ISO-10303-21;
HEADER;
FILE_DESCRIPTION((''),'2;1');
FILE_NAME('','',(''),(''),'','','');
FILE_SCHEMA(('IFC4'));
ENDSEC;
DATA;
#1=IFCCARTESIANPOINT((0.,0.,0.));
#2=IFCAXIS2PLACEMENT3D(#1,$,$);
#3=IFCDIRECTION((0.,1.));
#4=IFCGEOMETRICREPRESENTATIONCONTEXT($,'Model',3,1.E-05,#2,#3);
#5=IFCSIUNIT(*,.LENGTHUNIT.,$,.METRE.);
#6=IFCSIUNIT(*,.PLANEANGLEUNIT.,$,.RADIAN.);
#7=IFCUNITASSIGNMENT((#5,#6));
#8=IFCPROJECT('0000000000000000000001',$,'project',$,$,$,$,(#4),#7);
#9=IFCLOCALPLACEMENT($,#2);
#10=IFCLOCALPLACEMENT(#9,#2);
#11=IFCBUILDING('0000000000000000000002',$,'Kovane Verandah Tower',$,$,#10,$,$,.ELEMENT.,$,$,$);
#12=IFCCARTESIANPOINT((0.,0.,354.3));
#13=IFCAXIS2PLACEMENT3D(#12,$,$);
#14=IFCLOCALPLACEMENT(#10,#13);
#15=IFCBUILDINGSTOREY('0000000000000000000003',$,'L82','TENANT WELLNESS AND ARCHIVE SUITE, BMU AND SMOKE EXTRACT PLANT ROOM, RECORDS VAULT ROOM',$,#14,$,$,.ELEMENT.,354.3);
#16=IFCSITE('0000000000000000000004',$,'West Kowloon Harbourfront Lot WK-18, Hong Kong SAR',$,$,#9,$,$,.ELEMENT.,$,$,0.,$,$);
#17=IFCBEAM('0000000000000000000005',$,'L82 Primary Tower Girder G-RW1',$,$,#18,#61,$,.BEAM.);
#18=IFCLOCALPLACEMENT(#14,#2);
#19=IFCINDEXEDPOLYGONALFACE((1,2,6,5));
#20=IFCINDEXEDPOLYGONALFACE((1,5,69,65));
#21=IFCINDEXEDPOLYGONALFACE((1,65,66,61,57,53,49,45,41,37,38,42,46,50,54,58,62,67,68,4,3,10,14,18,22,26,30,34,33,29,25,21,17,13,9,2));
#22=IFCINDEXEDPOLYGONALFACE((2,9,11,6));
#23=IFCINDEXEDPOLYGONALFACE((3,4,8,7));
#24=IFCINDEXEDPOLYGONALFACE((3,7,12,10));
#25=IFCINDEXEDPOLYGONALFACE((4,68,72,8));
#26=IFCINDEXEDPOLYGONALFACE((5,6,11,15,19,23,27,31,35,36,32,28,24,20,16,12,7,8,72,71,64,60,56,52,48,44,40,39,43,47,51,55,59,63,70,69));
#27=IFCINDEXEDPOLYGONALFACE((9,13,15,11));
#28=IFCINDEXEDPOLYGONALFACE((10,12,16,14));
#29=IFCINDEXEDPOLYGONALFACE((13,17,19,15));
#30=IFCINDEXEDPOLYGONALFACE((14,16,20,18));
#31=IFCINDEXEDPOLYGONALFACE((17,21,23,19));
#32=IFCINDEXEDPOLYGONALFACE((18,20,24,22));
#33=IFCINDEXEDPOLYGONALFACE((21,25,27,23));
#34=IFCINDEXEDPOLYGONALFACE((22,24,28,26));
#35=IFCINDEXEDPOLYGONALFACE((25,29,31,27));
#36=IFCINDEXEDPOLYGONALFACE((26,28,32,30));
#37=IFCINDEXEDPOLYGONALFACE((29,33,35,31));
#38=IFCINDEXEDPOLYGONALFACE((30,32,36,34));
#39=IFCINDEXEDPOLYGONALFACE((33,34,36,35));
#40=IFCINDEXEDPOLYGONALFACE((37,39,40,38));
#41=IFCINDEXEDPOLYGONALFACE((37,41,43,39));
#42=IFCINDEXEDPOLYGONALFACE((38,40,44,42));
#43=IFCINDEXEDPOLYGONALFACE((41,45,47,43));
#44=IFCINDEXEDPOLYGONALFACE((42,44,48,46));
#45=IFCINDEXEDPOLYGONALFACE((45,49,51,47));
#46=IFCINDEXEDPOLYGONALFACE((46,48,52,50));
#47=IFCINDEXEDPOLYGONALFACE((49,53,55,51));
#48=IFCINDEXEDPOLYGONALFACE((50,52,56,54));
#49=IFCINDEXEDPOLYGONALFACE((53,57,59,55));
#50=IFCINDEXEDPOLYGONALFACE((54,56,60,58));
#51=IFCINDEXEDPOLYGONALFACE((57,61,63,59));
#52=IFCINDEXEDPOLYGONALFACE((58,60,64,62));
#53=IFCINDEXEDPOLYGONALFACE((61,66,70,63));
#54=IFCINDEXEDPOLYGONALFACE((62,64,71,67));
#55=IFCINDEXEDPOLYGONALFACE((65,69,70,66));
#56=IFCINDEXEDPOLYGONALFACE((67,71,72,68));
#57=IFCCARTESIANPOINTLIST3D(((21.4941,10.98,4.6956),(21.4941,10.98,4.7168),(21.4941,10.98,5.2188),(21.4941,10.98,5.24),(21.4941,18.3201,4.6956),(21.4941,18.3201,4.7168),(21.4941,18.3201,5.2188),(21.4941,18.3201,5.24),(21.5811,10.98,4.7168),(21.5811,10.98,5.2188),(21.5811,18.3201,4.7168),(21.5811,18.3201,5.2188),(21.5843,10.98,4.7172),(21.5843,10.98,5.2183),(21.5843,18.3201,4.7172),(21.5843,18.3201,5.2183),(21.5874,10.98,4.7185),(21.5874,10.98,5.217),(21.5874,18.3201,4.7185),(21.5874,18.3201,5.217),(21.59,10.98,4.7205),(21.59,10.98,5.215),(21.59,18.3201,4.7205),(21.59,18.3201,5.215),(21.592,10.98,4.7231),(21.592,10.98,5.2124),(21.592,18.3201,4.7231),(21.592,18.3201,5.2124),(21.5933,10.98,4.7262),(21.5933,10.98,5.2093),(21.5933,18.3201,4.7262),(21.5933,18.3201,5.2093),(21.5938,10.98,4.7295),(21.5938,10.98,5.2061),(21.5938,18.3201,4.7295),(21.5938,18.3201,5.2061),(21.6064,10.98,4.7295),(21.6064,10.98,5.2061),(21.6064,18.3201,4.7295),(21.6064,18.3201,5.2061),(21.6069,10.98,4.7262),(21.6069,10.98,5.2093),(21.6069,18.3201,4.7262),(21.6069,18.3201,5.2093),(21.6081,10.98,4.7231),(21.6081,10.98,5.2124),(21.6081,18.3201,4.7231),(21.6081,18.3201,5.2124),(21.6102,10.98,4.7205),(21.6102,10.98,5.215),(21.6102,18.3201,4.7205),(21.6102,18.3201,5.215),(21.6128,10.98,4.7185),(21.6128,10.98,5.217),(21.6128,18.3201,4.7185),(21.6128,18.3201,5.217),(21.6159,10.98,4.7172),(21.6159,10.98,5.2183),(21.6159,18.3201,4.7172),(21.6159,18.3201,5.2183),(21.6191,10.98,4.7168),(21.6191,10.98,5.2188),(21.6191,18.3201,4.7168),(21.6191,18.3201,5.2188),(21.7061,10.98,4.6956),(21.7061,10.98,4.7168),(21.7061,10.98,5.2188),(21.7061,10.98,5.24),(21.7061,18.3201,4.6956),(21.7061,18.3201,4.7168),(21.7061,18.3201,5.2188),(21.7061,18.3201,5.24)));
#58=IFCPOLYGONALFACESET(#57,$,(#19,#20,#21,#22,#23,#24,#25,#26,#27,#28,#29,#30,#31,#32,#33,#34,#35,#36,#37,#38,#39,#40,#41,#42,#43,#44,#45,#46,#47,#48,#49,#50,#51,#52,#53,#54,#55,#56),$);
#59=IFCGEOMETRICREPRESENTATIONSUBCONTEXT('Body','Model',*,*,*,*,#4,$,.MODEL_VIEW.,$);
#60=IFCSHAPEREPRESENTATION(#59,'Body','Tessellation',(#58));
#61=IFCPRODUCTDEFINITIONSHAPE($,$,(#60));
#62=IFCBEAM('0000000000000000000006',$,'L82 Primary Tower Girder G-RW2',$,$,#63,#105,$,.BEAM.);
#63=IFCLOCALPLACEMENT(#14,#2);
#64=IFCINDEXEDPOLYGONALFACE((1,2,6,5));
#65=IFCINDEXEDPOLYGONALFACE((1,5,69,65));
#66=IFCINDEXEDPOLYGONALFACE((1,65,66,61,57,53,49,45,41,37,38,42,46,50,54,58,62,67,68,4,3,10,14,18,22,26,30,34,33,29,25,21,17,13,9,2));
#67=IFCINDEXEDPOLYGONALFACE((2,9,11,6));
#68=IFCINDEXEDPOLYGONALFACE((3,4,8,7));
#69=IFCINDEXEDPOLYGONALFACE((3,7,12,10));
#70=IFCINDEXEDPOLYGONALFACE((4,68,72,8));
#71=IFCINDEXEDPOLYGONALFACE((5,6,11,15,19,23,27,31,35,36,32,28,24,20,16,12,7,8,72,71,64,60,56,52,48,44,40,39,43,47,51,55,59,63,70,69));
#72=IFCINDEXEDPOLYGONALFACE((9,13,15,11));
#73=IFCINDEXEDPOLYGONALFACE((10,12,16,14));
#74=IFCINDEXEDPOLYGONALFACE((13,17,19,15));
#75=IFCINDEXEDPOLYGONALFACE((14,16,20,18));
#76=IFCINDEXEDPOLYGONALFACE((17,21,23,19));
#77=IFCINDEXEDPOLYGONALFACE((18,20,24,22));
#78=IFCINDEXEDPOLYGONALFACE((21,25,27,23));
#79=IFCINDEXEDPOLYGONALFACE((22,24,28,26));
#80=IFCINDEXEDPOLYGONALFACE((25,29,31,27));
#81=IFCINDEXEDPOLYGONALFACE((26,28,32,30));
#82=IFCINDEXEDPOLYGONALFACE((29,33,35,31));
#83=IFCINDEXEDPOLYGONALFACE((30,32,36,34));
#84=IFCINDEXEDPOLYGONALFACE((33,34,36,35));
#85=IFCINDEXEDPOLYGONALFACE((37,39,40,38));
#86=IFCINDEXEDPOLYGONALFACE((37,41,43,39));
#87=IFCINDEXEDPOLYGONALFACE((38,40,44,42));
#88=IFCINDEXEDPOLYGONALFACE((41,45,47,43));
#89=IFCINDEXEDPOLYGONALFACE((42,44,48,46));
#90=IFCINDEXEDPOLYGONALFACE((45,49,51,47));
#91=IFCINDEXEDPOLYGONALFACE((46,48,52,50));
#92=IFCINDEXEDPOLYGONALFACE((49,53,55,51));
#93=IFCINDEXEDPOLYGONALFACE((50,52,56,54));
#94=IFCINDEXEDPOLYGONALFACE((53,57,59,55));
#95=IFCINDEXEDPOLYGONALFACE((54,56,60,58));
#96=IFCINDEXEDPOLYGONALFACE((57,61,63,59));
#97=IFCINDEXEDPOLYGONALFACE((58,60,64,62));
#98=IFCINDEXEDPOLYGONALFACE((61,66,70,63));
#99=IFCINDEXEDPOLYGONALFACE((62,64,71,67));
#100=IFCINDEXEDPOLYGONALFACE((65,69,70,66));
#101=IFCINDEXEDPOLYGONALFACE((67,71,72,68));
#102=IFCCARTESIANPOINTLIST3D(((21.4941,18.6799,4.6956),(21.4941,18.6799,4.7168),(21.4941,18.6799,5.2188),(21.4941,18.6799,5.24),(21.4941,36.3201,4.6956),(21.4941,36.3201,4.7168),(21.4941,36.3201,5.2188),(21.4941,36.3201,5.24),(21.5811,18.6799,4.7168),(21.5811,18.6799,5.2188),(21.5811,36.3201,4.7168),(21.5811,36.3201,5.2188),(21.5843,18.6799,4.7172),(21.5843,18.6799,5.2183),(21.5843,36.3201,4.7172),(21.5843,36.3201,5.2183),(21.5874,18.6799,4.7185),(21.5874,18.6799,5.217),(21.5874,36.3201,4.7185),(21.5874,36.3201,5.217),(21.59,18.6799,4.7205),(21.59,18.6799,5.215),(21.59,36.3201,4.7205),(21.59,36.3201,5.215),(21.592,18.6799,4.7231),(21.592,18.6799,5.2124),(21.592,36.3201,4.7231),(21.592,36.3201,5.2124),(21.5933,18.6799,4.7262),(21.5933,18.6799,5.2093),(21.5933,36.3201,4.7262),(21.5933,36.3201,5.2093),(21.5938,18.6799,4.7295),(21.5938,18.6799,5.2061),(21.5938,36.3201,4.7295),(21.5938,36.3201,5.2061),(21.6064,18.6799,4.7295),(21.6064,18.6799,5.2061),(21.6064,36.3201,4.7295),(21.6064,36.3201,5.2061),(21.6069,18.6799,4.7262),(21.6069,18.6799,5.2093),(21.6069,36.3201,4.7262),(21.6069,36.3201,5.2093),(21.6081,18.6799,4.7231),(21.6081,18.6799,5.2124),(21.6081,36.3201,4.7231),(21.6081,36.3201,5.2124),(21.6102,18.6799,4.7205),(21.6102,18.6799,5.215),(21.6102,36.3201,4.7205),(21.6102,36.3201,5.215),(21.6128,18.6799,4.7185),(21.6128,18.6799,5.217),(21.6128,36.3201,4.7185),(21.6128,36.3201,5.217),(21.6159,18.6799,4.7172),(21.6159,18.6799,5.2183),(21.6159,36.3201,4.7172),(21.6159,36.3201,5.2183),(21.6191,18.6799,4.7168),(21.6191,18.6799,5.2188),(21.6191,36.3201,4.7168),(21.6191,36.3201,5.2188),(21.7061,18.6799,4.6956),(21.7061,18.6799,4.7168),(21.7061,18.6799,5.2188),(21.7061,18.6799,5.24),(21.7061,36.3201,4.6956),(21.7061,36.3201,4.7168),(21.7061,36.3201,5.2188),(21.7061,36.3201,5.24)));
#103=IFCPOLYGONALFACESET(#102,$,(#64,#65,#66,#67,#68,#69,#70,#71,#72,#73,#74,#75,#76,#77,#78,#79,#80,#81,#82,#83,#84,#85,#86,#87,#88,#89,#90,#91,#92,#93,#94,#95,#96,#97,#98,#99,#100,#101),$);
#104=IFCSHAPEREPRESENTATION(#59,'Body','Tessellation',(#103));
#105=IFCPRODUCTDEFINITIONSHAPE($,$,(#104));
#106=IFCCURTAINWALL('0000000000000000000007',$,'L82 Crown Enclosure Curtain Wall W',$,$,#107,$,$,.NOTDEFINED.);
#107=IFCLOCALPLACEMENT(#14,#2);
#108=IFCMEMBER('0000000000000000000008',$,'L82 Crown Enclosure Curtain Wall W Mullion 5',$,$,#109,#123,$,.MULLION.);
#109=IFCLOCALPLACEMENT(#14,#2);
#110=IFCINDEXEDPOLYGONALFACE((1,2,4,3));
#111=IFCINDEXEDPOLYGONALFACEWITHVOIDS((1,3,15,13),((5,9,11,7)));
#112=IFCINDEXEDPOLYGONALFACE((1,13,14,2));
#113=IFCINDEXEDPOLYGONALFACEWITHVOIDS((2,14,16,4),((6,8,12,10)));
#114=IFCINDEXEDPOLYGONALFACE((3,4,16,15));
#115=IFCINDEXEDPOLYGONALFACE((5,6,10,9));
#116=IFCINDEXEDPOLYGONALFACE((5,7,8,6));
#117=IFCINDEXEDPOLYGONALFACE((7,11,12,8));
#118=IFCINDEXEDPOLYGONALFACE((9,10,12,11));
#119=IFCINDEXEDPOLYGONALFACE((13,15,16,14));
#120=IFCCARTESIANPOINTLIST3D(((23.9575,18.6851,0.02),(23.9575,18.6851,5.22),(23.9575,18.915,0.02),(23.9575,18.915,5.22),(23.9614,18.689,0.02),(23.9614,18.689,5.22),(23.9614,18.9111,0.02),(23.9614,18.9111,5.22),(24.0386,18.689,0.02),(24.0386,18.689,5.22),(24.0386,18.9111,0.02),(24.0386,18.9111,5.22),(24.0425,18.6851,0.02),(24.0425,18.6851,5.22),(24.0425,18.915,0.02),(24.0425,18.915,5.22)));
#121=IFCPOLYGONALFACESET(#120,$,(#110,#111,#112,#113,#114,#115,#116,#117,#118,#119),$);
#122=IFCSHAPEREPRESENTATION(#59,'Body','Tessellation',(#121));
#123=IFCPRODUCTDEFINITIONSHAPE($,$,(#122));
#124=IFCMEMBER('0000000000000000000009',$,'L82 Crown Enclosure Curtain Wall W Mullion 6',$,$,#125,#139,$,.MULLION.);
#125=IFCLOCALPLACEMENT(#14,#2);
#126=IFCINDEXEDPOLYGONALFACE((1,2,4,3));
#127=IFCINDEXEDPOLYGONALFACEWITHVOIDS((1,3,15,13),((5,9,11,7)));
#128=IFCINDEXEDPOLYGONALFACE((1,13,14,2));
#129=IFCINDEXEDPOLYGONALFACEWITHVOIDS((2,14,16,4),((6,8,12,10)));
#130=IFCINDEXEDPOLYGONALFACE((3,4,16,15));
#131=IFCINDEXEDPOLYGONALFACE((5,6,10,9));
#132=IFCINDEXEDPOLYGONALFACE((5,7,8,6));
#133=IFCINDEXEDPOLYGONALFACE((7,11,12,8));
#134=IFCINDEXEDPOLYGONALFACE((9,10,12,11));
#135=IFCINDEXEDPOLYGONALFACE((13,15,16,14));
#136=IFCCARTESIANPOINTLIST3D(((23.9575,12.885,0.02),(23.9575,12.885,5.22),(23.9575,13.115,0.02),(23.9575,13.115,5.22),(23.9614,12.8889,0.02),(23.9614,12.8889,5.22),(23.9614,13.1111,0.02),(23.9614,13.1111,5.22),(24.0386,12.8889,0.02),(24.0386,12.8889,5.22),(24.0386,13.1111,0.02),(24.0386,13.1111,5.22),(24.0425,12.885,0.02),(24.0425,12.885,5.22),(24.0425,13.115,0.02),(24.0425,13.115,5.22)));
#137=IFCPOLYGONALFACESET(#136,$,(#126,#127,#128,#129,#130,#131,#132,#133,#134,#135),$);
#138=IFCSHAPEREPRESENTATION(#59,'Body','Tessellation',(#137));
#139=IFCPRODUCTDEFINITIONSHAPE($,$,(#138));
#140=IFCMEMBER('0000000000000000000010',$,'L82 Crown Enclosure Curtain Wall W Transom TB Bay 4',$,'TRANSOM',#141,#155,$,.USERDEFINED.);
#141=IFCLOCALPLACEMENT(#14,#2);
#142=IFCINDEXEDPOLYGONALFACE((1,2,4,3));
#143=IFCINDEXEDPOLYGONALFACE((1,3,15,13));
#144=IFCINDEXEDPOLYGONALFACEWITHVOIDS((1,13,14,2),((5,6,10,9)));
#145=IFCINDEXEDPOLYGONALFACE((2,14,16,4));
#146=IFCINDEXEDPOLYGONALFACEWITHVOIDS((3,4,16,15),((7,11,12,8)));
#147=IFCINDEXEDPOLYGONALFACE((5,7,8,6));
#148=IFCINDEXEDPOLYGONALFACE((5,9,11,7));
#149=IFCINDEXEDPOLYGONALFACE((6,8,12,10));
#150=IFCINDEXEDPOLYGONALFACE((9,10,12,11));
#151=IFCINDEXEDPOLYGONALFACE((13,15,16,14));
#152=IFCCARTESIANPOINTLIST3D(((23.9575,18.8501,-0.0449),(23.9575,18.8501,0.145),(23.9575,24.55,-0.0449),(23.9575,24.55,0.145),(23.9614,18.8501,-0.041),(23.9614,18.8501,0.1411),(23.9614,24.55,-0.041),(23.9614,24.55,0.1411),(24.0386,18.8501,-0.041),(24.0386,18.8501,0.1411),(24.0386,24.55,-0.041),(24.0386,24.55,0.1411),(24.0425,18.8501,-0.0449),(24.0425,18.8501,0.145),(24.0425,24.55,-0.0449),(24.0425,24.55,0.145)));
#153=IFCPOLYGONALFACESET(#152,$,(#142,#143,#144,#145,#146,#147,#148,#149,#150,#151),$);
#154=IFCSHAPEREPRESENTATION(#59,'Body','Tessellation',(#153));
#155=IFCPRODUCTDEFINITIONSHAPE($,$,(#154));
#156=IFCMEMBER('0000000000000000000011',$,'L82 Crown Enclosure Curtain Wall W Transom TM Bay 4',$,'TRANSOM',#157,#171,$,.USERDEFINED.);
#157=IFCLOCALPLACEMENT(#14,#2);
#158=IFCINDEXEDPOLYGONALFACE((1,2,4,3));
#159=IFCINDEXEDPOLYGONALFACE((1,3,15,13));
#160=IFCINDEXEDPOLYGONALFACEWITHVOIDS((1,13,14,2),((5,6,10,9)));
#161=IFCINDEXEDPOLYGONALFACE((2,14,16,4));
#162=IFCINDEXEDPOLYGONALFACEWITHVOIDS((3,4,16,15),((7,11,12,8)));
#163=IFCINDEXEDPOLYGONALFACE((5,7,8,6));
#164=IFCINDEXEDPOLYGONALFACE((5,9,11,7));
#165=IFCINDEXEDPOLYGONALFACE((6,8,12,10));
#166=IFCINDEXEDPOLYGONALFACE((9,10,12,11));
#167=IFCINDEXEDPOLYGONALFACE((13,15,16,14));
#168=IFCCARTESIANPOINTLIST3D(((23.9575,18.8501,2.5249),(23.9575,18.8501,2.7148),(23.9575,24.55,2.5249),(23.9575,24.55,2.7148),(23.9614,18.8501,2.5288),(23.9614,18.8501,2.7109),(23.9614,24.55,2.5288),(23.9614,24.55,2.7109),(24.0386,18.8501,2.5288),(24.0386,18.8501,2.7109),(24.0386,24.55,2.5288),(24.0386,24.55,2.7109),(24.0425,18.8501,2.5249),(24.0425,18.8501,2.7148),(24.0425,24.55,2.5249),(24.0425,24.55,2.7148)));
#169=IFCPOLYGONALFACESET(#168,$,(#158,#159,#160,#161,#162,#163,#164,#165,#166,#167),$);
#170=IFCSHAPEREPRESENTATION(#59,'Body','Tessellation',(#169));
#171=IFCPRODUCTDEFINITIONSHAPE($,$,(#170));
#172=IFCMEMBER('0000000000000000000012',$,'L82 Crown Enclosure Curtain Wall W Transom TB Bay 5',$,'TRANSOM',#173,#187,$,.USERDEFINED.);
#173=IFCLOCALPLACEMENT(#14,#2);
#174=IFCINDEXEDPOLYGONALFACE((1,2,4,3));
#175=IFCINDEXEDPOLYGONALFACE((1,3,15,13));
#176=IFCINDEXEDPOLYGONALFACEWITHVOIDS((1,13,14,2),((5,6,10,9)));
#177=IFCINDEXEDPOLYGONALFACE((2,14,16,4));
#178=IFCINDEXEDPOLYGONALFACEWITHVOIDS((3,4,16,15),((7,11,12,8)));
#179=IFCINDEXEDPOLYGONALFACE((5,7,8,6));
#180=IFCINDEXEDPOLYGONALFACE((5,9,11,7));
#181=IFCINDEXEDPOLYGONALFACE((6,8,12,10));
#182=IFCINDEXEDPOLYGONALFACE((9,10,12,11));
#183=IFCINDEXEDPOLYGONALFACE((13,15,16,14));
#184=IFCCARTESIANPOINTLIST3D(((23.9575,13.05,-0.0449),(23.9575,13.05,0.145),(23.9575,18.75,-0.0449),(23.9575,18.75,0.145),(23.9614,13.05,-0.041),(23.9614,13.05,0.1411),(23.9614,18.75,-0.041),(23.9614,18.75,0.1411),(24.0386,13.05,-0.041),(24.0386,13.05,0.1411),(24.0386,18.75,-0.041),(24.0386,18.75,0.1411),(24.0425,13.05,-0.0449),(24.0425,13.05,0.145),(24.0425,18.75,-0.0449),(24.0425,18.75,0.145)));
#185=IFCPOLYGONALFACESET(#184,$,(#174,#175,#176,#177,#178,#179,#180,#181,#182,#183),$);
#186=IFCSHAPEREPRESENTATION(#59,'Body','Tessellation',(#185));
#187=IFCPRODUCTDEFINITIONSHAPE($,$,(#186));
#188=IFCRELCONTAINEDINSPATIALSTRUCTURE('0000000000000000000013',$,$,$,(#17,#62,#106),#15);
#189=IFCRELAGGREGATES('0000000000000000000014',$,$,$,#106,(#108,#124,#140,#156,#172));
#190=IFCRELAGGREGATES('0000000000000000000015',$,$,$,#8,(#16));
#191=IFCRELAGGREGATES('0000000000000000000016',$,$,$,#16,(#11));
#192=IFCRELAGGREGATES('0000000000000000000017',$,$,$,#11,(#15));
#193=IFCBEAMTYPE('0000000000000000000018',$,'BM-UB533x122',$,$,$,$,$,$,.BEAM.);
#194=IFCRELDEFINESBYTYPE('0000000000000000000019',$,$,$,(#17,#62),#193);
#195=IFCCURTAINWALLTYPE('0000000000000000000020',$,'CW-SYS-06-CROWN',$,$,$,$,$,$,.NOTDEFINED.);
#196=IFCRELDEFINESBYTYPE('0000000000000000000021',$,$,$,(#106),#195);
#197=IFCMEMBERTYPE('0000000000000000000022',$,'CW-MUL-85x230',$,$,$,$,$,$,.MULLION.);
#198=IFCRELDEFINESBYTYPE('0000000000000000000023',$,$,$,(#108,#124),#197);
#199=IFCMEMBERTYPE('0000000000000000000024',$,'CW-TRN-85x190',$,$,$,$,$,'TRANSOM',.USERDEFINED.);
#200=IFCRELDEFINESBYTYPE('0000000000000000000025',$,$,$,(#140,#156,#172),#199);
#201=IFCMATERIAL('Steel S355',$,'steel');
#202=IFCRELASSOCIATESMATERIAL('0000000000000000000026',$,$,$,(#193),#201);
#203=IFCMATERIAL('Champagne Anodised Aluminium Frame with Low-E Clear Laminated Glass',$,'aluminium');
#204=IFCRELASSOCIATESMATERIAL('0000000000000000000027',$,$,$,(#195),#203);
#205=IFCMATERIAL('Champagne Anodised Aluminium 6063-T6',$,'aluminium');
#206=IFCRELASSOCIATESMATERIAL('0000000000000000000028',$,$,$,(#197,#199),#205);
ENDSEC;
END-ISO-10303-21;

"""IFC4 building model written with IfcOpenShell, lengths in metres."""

from ifc_helpers import new_model, si_unit, direction, frame, origin, origin_2d, place, context, subcontext, project, spatial, hollow_rectangle, i_section, extrude, material, material_profile, profile_set, type_object, element, aggregate, save


model = new_model("IFC4")

# Units and contexts
model_context = context("Model", 3, precision=1e-05, world=origin(), true_north=direction((0.0, 1.0)))
body_context = subcontext(model_context, "Body", "Model", "MODEL_VIEW")
ifc_project = project(units=[si_unit("LENGTHUNIT", "METRE"), si_unit("PLANEANGLEUNIT", "RADIAN")], contexts=[model_context])

# Site, building, storey
site_placement = place(None, origin())
site = spatial("IfcSite", under=ifc_project, at=site_placement, Name="West Kowloon Harbourfront Lot WK-18, Hong Kong SAR", CompositionType="ELEMENT", RefElevation=0.0)
building_placement = place(site_placement, origin())
building = spatial("IfcBuilding", under=site, at=building_placement, Name="Kovane Verandah Tower", CompositionType="ELEMENT")
storey_placement = place(building_placement, frame((0.0, 0.0, 354.3)))
storey = spatial("IfcBuildingStorey", under=building, at=storey_placement, Name="L82", Description="TENANT WELLNESS AND ARCHIVE SUITE, BMU AND SMOKE EXTRACT PLANT ROOM, RECORDS VAULT ROOM", CompositionType="ELEMENT", Elevation=354.3)

# Shared definitions
ifc_material_1 = material(Name="Steel S355", Category="steel")

# Beams
ifc_material_profile_1 = material_profile(ifc_material_1, i_section(OverallWidth=0.2119, OverallDepth=0.5444, WebThickness=0.0127, FlangeThickness=0.0212, FilletRadius=0.0127, at=origin_2d()), Name="UB533x210x122")
ifc_profile_set_1 = profile_set([ifc_material_profile_1], Name="Steel S355")
beam_type = type_object("IfcBeamType", Name="BM-UB533x122", PredefinedType="BEAM", material=ifc_profile_set_1)
beam_1_placement = place(storey_placement, frame((21.6001, 10.98, 4.9678), z_axis=(0.0, 1.0, 0.0), x_axis=(-1.0, 0.0, 0.0)))
element("IfcBeam", 1, at=beam_1_placement, inside=storey, type_object=beam_type, Name="L82 Primary Tower Girder G-RW1", PredefinedType="BEAM", context=body_context, shape_type="SweptSolid", body=[
    extrude(i_section(OverallWidth=0.2119, OverallDepth=0.5444, WebThickness=0.0127, FlangeThickness=0.0212, FilletRadius=0.0127, at=origin_2d()), origin(), (0.0, 0.0, 1.0), 7.3401),
])
beam_2_placement = place(storey_placement, frame((21.6001, 18.6799, 4.9678), z_axis=(0.0, 1.0, 0.0), x_axis=(-1.0, 0.0, 0.0)))
element("IfcBeam", 2, at=beam_2_placement, inside=storey, type_object=beam_type, Name="L82 Primary Tower Girder G-RW2", PredefinedType="BEAM", context=body_context, shape_type="SweptSolid", body=[
    extrude(i_section(OverallWidth=0.2119, OverallDepth=0.5444, WebThickness=0.0127, FlangeThickness=0.0212, FilletRadius=0.0127, at=origin_2d()), origin(), (0.0, 0.0, 1.0), 17.6401),
])

# Curtain wall, members
ifc_material_2 = material(Name="Champagne Anodised Aluminium Frame with Low-E Clear Laminated Glass", Category="aluminium")
curtain_wall_type = type_object("IfcCurtainWallType", Name="CW-SYS-06-CROWN", PredefinedType="NOTDEFINED", material=ifc_material_2)
curtain_wall_placement = place(storey_placement, origin())
curtain_wall = element("IfcCurtainWall", 3, at=curtain_wall_placement, inside=storey, type_object=curtain_wall_type, Name="L82 Crown Enclosure Curtain Wall W", PredefinedType="NOTDEFINED")
ifc_material_3 = material(Name="Champagne Anodised Aluminium 6063-T6", Category="aluminium")
ifc_material_profile_2 = material_profile(ifc_material_3, hollow_rectangle(XDim=0.085, YDim=0.23, WallThickness=0.0039, at=origin_2d()), Name="AL85x230x4")
ifc_profile_set_2 = profile_set([ifc_material_profile_2], Name="Champagne Anodised Aluminium 6063-T6")
member_type_1 = type_object("IfcMemberType", Name="CW-MUL-85x230", PredefinedType="MULLION", material=ifc_profile_set_2)
member_1_placement = place(storey_placement, frame((24.0, 18.8, 0.02), z_axis=(0.0, 0.0, 1.0), x_axis=(-1.0, 0.0, 0.0)))
member_1 = element("IfcMember", 4, at=member_1_placement, type_object=member_type_1, Name="L82 Crown Enclosure Curtain Wall W Mullion 5", PredefinedType="MULLION", context=body_context, shape_type="SweptSolid", body=[
    extrude(hollow_rectangle(XDim=0.085, YDim=0.23, WallThickness=0.0039, at=origin_2d()), origin(), (0.0, 0.0, 1.0), 5.2),
])
member_2_placement = place(storey_placement, frame((24.0, 13.0, 0.02), z_axis=(0.0, 0.0, 1.0), x_axis=(-1.0, 0.0, 0.0)))
member_2 = element("IfcMember", 5, at=member_2_placement, type_object=member_type_1, Name="L82 Crown Enclosure Curtain Wall W Mullion 6", PredefinedType="MULLION", context=body_context, shape_type="SweptSolid", body=[
    extrude(hollow_rectangle(XDim=0.085, YDim=0.23, WallThickness=0.0039, at=origin_2d()), origin(), (0.0, 0.0, 1.0), 5.2),
])
ifc_material_profile_3 = material_profile(ifc_material_3, hollow_rectangle(XDim=0.085, YDim=0.1899, WallThickness=0.0039, at=origin_2d()), Name="AL85x190x4")
ifc_profile_set_3 = profile_set([ifc_material_profile_3], Name="Champagne Anodised Aluminium 6063-T6")
member_type_2 = type_object("IfcMemberType", Name="CW-TRN-85x190", ElementType="TRANSOM", PredefinedType="USERDEFINED", material=ifc_profile_set_3)
member_3_placement = place(storey_placement, frame((24.0, 24.55, 0.05), z_axis=(0.0, -1.0, 0.0), x_axis=(1.0, 0.0, 0.0)))
member_3 = element("IfcMember", 6, at=member_3_placement, type_object=member_type_2, Name="L82 Crown Enclosure Curtain Wall W Transom TB Bay 4", ObjectType="TRANSOM", PredefinedType="USERDEFINED", context=body_context, shape_type="SweptSolid", body=[
    extrude(hollow_rectangle(XDim=0.085, YDim=0.1899, WallThickness=0.0039, at=origin_2d()), origin(), (0.0, 0.0, 1.0), 5.7),
])
member_4_placement = place(storey_placement, frame((24.0, 24.55, 2.6199), z_axis=(0.0, -1.0, 0.0), x_axis=(1.0, 0.0, 0.0)))
member_4 = element("IfcMember", 7, at=member_4_placement, type_object=member_type_2, Name="L82 Crown Enclosure Curtain Wall W Transom TM Bay 4", ObjectType="TRANSOM", PredefinedType="USERDEFINED", context=body_context, shape_type="SweptSolid", body=[
    extrude(hollow_rectangle(XDim=0.085, YDim=0.1899, WallThickness=0.0039, at=origin_2d()), origin(), (0.0, 0.0, 1.0), 5.7),
])
member_5_placement = place(storey_placement, frame((24.0, 18.75, 0.05), z_axis=(0.0, -1.0, 0.0), x_axis=(1.0, 0.0, 0.0)))
member_5 = element("IfcMember", 8, at=member_5_placement, type_object=member_type_2, Name="L82 Crown Enclosure Curtain Wall W Transom TB Bay 5", ObjectType="TRANSOM", PredefinedType="USERDEFINED", context=body_context, shape_type="SweptSolid", body=[
    extrude(hollow_rectangle(XDim=0.085, YDim=0.1899, WallThickness=0.0039, at=origin_2d()), origin(), (0.0, 0.0, 1.0), 5.7),
])

aggregate(curtain_wall, [member_1, member_2, member_3, member_4, member_5])

save(model, "model.ifc")
